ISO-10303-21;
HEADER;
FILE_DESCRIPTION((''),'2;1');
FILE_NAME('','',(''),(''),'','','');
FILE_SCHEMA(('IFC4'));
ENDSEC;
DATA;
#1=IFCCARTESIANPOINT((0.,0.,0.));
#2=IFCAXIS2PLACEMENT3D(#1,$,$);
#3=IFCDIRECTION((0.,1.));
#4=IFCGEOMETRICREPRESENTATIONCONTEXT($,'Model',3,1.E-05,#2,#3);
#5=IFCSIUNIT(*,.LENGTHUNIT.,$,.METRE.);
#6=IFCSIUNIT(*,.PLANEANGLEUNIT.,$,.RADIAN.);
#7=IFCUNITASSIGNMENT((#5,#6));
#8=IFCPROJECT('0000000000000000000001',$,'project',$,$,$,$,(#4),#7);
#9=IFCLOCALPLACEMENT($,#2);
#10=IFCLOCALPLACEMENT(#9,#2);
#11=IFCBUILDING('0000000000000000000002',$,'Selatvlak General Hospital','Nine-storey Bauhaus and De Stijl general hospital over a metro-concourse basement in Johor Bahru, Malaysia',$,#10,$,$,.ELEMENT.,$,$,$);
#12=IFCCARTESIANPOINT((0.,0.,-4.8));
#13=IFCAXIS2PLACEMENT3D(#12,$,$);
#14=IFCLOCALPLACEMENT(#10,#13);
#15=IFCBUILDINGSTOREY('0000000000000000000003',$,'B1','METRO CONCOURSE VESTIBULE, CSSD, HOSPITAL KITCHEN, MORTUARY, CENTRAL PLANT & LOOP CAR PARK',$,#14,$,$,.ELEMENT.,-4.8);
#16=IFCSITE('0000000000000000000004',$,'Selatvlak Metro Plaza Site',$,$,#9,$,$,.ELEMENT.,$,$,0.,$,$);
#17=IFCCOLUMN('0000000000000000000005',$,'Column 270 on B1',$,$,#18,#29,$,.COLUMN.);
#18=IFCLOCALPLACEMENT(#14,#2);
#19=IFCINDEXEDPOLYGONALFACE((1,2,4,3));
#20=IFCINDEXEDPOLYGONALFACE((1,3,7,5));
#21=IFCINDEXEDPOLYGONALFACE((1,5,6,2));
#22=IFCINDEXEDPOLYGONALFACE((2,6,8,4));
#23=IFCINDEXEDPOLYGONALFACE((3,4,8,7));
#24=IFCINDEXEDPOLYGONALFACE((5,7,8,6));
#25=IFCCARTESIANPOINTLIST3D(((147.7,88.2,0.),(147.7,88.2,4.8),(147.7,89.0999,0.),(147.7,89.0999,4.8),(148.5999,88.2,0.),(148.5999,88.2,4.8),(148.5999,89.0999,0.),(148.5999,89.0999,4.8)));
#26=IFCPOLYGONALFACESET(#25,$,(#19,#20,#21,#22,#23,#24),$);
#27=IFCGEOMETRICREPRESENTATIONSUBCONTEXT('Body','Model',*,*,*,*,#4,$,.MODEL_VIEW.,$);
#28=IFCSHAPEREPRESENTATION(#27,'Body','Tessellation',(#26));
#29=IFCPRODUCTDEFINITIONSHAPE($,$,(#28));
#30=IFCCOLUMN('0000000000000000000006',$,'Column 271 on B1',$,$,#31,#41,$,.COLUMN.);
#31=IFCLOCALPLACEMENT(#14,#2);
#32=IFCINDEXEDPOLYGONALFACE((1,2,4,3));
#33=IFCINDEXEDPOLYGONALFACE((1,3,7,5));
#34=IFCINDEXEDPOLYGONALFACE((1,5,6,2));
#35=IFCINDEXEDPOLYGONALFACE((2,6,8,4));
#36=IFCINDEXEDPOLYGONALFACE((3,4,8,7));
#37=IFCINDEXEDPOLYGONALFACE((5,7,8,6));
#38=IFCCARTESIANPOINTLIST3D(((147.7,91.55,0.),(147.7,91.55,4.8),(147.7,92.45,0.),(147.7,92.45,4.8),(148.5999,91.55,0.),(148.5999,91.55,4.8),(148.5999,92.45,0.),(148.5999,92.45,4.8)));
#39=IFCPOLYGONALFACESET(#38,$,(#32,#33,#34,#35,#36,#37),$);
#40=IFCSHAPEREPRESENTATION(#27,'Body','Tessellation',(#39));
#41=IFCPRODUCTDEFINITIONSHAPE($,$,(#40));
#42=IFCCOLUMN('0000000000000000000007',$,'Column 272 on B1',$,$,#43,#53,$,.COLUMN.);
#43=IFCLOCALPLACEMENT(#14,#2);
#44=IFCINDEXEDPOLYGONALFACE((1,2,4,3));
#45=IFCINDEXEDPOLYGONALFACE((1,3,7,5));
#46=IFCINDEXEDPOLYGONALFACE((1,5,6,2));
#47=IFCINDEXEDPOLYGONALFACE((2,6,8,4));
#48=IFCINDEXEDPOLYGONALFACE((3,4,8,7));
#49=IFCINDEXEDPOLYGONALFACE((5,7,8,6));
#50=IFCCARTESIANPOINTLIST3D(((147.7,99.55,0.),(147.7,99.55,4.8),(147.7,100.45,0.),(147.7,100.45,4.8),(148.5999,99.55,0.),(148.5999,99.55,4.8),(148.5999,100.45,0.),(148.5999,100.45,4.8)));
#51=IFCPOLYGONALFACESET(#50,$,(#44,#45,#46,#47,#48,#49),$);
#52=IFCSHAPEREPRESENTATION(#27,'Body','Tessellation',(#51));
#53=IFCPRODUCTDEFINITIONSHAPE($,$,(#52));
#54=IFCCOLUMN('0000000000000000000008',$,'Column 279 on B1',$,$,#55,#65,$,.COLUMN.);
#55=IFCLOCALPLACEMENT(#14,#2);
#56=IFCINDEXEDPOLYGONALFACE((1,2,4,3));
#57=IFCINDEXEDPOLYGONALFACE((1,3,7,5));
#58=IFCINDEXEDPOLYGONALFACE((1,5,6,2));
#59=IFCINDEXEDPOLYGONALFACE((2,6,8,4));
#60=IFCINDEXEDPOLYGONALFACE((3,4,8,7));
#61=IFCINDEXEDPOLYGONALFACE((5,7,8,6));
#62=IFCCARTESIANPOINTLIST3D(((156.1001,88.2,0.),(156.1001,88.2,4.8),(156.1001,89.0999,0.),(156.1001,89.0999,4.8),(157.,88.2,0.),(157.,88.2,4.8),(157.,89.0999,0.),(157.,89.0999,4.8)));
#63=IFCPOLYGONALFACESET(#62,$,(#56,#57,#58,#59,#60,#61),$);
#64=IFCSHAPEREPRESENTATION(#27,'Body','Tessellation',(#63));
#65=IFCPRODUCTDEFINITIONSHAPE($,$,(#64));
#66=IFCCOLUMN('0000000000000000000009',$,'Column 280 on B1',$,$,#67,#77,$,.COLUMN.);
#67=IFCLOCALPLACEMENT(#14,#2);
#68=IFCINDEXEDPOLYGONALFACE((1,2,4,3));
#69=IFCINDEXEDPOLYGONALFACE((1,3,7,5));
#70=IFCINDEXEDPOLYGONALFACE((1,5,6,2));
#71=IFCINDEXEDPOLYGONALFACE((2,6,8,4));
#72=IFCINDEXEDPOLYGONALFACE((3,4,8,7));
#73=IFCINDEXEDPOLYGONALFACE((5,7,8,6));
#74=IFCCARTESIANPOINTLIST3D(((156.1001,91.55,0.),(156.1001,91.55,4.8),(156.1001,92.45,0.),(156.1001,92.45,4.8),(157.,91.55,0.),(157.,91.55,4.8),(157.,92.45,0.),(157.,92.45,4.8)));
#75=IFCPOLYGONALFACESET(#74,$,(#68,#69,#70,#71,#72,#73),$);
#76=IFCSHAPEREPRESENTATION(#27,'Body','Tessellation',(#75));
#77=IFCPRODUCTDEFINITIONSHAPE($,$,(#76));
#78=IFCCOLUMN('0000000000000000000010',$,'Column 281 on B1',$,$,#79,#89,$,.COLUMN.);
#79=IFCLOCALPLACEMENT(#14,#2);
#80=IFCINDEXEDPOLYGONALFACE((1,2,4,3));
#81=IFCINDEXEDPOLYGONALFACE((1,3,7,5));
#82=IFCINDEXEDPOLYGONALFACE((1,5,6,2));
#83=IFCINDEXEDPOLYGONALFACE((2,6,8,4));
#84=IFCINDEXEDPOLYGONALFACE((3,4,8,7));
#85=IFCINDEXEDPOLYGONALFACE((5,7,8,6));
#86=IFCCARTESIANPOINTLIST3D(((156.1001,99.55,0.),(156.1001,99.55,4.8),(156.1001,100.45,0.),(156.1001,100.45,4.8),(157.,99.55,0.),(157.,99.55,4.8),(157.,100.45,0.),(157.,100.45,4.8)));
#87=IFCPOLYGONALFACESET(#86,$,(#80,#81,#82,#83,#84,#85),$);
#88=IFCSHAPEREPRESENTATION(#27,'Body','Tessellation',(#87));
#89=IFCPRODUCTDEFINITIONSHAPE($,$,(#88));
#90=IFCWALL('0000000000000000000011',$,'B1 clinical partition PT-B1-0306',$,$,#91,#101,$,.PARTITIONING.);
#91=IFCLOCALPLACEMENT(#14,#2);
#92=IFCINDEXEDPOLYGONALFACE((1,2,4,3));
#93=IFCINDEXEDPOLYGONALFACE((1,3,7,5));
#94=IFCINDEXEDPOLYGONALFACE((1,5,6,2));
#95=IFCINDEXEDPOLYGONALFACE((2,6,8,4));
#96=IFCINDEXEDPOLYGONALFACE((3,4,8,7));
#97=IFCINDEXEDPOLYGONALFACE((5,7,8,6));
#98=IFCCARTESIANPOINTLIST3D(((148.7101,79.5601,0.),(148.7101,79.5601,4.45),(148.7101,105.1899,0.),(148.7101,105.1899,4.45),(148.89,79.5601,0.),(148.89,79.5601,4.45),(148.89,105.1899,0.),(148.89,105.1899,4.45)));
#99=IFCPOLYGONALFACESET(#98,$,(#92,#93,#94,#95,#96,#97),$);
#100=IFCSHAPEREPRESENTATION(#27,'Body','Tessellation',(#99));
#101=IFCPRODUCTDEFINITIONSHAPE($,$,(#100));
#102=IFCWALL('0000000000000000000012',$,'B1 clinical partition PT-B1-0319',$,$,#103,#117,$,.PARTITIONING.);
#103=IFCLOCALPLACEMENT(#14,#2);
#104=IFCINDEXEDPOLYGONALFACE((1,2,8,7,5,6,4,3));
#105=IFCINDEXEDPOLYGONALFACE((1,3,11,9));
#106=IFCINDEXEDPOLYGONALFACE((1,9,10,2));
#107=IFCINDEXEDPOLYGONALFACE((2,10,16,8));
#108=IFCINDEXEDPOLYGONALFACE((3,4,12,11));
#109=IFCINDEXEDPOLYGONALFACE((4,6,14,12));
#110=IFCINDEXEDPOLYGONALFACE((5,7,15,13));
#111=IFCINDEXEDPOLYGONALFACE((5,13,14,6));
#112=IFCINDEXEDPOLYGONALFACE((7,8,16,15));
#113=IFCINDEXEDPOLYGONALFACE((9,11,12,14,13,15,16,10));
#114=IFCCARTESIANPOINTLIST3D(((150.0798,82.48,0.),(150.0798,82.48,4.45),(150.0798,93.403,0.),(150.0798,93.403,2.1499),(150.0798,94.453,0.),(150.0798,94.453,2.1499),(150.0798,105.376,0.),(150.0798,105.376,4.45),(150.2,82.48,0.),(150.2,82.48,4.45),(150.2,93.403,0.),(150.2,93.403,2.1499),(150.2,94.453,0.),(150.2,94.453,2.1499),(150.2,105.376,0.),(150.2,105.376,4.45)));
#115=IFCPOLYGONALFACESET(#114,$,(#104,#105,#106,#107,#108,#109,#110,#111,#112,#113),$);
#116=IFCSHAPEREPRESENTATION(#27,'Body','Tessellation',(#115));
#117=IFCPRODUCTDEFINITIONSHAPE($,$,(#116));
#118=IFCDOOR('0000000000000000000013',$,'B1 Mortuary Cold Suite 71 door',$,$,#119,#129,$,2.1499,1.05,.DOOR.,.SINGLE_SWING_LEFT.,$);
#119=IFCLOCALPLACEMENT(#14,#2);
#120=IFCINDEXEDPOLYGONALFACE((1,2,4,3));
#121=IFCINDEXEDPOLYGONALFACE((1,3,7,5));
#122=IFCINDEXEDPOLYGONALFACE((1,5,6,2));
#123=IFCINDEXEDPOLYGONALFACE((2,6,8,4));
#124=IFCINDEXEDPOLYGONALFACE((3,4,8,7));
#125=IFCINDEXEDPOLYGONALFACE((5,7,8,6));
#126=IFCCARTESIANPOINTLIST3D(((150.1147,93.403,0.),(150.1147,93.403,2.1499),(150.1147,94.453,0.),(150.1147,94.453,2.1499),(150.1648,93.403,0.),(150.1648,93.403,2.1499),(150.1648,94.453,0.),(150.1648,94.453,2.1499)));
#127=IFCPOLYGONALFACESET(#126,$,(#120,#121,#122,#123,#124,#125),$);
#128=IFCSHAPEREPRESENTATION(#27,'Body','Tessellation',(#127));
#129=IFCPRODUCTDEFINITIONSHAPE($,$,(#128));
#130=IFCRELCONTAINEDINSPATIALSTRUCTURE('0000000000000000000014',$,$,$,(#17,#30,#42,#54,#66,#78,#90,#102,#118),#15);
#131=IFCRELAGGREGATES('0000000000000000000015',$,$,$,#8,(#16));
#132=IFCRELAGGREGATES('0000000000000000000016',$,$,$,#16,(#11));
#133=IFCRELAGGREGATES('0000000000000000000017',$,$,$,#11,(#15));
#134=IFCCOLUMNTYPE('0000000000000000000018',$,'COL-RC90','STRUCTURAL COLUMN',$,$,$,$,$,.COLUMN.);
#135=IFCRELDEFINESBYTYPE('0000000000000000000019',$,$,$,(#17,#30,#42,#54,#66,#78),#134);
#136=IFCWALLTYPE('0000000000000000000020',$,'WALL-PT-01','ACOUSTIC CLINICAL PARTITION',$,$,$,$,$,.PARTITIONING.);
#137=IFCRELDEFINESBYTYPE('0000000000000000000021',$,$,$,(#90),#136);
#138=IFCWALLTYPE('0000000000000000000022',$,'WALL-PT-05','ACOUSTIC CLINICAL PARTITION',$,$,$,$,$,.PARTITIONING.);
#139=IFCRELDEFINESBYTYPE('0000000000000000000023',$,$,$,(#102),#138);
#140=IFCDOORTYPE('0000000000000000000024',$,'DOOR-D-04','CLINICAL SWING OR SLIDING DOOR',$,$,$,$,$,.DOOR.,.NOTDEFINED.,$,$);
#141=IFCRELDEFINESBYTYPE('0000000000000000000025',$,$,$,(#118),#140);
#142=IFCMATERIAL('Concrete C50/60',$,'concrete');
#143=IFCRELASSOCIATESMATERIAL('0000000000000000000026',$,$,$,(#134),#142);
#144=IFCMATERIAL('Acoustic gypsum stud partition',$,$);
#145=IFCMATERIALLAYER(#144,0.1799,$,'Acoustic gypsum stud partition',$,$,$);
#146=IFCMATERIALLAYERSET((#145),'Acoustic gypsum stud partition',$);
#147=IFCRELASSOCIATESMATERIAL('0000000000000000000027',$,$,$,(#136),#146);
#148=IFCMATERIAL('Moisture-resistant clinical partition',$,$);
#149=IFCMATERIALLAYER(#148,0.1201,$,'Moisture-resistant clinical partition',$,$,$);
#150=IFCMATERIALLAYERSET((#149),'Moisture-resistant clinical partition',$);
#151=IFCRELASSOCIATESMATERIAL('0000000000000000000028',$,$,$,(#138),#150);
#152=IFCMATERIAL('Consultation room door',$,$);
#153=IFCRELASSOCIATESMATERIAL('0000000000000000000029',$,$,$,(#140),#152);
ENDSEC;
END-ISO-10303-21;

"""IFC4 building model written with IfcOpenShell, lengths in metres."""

from ifc_helpers import new_model, si_unit, direction, frame, frame_2d, origin, origin_2d, place, context, subcontext, project, spatial, rectangle, extrude, material, layer, layer_set, material_profile, profile_set, type_object, element, fill, save


model = new_model("IFC4")

# Units and contexts
model_context = context("Model", 3, precision=1e-05, world=origin(), true_north=direction((0.0, 1.0)))
body_context = subcontext(model_context, "Body", "Model", "MODEL_VIEW")
ifc_project = project(units=[si_unit("LENGTHUNIT", "METRE"), si_unit("PLANEANGLEUNIT", "RADIAN")], contexts=[model_context])

# Site, building, storey
site_placement = place(None, origin())
site = spatial("IfcSite", under=ifc_project, at=site_placement, Name="Selatvlak Metro Plaza Site", CompositionType="ELEMENT", RefElevation=0.0)
building_placement = place(site_placement, origin())
building = spatial("IfcBuilding", under=site, at=building_placement, Name="Selatvlak General Hospital", Description="Nine-storey Bauhaus and De Stijl general hospital over a metro-concourse basement in Johor Bahru, Malaysia", CompositionType="ELEMENT")
storey_placement = place(building_placement, frame((0.0, 0.0, -4.8)))
storey = spatial("IfcBuildingStorey", under=building, at=storey_placement, Name="B1", Description="METRO CONCOURSE VESTIBULE, CSSD, HOSPITAL KITCHEN, MORTUARY, CENTRAL PLANT & LOOP CAR PARK", CompositionType="ELEMENT", Elevation=-4.8)

# Columns
ifc_material_1 = material(Name="Concrete C50/60", Category="concrete")
ifc_material_profile_1 = material_profile(ifc_material_1, rectangle(XDim=0.8999, YDim=0.8999, at=origin_2d()), Name="RC-COL 900x900")
ifc_profile_set_1 = profile_set([ifc_material_profile_1], Name="Concrete C50/60")
column_type = type_object("IfcColumnType", Name="COL-RC90", Description="STRUCTURAL COLUMN", PredefinedType="COLUMN", material=ifc_profile_set_1)
for number, where, z_axis, x_axis, name in (
    (1, (148.1499, 88.6499, 0.0), (0.0, 0.0, 1.0), (1.0, 0.0, 0.0), "Column 270 on B1"),
    (2, (148.1499, 92.0, 0.0), (0.0, 0.0, 1.0), (1.0, 0.0, 0.0), "Column 271 on B1"),
    (3, (148.1499, 100.0, 0.0), (0.0, 0.0, 1.0), (1.0, 0.0, 0.0), "Column 272 on B1"),
    (4, (156.55, 88.6499, 0.0), (0.0, 0.0, 1.0), (1.0, 0.0, 0.0), "Column 279 on B1"),
    (5, (156.55, 92.0, 0.0), (0.0, 0.0, 1.0), (1.0, 0.0, 0.0), "Column 280 on B1"),
    (6, (156.55, 100.0, 0.0), (0.0, 0.0, 1.0), (1.0, 0.0, 0.0), "Column 281 on B1"),
):
    element("IfcColumn", number, at=place(storey_placement, frame(where, z_axis=z_axis, x_axis=x_axis)), inside=storey, type_object=column_type, Name=name, PredefinedType="COLUMN", context=body_context, shape_type="SweptSolid", body=[
        extrude(rectangle(XDim=0.8999, YDim=0.8999, at=origin_2d()), origin(), (0.0, 0.0, 1.0), 4.8),
    ])

# Wall
ifc_material_2 = material(Name="Acoustic gypsum stud partition")
ifc_layer_1 = layer(ifc_material_2, 0.1799, Name="Acoustic gypsum stud partition")
ifc_layer_set_1 = layer_set([ifc_layer_1], Name="Acoustic gypsum stud partition")
wall_type_1 = type_object("IfcWallType", Name="WALL-PT-01", Description="ACOUSTIC CLINICAL PARTITION", PredefinedType="PARTITIONING", material=ifc_layer_set_1)
wall_1_placement = place(storey_placement, frame((148.8, 105.1899, 0.0), z_axis=(0.0, 0.0, 1.0), x_axis=(0.0, -1.0, 0.0)))
element("IfcWall", 7, at=wall_1_placement, inside=storey, type_object=wall_type_1, Name="B1 clinical partition PT-B1-0306", PredefinedType="PARTITIONING", context=body_context, shape_type="SweptSolid", body=[
    extrude(rectangle(XDim=25.6299, YDim=0.1799, at=frame_2d((12.8149, 0.0))), origin(), (0.0, 0.0, 1.0), 4.45),
])

# Wall, opening, door
ifc_material_3 = material(Name="Moisture-resistant clinical partition")
ifc_layer_2 = layer(ifc_material_3, 0.1201, Name="Moisture-resistant clinical partition")
ifc_layer_set_2 = layer_set([ifc_layer_2], Name="Moisture-resistant clinical partition")
wall_type_2 = type_object("IfcWallType", Name="WALL-PT-05", Description="ACOUSTIC CLINICAL PARTITION", PredefinedType="PARTITIONING", material=ifc_layer_set_2)
wall_2_placement = place(storey_placement, frame((150.1399, 105.376, 0.0), z_axis=(0.0, 0.0, 1.0), x_axis=(0.0, -1.0, 0.0)))
wall_2 = element("IfcWall", 8, at=wall_2_placement, inside=storey, type_object=wall_type_2, Name="B1 clinical partition PT-B1-0319", PredefinedType="PARTITIONING", context=body_context, shape_type="SweptSolid", body=[
    extrude(rectangle(XDim=22.896, YDim=0.1201, at=frame_2d((11.448, 0.0))), origin(), (0.0, 0.0, 1.0), 4.45),
])
opening_placement = place(wall_2_placement, frame((10.9231, 0.0, 0.0)))
opening = element("IfcOpeningElement", 9, at=opening_placement, cuts=wall_2, PredefinedType="OPENING", context=body_context, shape_type="SweptSolid", body=[
    extrude(rectangle(XDim=1.05, YDim=2.1499, at=frame_2d((0.5249, 1.075))), frame((0.0, 0.0701, 0.0), z_axis=(0.0, -1.0, 0.0), x_axis=(1.0, 0.0, 0.0)), (0.0, 0.0, 1.0), 0.1401),
])
ifc_material_4 = material(Name="Consultation room door")
door_type = type_object("IfcDoorType", Name="DOOR-D-04", Description="CLINICAL SWING OR SLIDING DOOR", OperationType="NOTDEFINED", PredefinedType="DOOR", material=ifc_material_4)
door_placement = place(opening_placement, origin())
door = element("IfcDoor", 10, at=door_placement, inside=storey, type_object=door_type, Name="B1 Mortuary Cold Suite 71 door", OperationType="SINGLE_SWING_LEFT", OverallHeight=2.1499, OverallWidth=1.05, PredefinedType="DOOR", context=body_context, shape_type="SweptSolid", body=[
    extrude(rectangle(XDim=1.05, YDim=2.1499, at=frame_2d((0.5249, 1.075))), frame((0.0, 0.0249, 0.0), z_axis=(0.0, -1.0, 0.0), x_axis=(1.0, 0.0, 0.0)), (0.0, 0.0, 1.0), 0.05),
])
fill(opening, door)

save(model, "model.ifc")
